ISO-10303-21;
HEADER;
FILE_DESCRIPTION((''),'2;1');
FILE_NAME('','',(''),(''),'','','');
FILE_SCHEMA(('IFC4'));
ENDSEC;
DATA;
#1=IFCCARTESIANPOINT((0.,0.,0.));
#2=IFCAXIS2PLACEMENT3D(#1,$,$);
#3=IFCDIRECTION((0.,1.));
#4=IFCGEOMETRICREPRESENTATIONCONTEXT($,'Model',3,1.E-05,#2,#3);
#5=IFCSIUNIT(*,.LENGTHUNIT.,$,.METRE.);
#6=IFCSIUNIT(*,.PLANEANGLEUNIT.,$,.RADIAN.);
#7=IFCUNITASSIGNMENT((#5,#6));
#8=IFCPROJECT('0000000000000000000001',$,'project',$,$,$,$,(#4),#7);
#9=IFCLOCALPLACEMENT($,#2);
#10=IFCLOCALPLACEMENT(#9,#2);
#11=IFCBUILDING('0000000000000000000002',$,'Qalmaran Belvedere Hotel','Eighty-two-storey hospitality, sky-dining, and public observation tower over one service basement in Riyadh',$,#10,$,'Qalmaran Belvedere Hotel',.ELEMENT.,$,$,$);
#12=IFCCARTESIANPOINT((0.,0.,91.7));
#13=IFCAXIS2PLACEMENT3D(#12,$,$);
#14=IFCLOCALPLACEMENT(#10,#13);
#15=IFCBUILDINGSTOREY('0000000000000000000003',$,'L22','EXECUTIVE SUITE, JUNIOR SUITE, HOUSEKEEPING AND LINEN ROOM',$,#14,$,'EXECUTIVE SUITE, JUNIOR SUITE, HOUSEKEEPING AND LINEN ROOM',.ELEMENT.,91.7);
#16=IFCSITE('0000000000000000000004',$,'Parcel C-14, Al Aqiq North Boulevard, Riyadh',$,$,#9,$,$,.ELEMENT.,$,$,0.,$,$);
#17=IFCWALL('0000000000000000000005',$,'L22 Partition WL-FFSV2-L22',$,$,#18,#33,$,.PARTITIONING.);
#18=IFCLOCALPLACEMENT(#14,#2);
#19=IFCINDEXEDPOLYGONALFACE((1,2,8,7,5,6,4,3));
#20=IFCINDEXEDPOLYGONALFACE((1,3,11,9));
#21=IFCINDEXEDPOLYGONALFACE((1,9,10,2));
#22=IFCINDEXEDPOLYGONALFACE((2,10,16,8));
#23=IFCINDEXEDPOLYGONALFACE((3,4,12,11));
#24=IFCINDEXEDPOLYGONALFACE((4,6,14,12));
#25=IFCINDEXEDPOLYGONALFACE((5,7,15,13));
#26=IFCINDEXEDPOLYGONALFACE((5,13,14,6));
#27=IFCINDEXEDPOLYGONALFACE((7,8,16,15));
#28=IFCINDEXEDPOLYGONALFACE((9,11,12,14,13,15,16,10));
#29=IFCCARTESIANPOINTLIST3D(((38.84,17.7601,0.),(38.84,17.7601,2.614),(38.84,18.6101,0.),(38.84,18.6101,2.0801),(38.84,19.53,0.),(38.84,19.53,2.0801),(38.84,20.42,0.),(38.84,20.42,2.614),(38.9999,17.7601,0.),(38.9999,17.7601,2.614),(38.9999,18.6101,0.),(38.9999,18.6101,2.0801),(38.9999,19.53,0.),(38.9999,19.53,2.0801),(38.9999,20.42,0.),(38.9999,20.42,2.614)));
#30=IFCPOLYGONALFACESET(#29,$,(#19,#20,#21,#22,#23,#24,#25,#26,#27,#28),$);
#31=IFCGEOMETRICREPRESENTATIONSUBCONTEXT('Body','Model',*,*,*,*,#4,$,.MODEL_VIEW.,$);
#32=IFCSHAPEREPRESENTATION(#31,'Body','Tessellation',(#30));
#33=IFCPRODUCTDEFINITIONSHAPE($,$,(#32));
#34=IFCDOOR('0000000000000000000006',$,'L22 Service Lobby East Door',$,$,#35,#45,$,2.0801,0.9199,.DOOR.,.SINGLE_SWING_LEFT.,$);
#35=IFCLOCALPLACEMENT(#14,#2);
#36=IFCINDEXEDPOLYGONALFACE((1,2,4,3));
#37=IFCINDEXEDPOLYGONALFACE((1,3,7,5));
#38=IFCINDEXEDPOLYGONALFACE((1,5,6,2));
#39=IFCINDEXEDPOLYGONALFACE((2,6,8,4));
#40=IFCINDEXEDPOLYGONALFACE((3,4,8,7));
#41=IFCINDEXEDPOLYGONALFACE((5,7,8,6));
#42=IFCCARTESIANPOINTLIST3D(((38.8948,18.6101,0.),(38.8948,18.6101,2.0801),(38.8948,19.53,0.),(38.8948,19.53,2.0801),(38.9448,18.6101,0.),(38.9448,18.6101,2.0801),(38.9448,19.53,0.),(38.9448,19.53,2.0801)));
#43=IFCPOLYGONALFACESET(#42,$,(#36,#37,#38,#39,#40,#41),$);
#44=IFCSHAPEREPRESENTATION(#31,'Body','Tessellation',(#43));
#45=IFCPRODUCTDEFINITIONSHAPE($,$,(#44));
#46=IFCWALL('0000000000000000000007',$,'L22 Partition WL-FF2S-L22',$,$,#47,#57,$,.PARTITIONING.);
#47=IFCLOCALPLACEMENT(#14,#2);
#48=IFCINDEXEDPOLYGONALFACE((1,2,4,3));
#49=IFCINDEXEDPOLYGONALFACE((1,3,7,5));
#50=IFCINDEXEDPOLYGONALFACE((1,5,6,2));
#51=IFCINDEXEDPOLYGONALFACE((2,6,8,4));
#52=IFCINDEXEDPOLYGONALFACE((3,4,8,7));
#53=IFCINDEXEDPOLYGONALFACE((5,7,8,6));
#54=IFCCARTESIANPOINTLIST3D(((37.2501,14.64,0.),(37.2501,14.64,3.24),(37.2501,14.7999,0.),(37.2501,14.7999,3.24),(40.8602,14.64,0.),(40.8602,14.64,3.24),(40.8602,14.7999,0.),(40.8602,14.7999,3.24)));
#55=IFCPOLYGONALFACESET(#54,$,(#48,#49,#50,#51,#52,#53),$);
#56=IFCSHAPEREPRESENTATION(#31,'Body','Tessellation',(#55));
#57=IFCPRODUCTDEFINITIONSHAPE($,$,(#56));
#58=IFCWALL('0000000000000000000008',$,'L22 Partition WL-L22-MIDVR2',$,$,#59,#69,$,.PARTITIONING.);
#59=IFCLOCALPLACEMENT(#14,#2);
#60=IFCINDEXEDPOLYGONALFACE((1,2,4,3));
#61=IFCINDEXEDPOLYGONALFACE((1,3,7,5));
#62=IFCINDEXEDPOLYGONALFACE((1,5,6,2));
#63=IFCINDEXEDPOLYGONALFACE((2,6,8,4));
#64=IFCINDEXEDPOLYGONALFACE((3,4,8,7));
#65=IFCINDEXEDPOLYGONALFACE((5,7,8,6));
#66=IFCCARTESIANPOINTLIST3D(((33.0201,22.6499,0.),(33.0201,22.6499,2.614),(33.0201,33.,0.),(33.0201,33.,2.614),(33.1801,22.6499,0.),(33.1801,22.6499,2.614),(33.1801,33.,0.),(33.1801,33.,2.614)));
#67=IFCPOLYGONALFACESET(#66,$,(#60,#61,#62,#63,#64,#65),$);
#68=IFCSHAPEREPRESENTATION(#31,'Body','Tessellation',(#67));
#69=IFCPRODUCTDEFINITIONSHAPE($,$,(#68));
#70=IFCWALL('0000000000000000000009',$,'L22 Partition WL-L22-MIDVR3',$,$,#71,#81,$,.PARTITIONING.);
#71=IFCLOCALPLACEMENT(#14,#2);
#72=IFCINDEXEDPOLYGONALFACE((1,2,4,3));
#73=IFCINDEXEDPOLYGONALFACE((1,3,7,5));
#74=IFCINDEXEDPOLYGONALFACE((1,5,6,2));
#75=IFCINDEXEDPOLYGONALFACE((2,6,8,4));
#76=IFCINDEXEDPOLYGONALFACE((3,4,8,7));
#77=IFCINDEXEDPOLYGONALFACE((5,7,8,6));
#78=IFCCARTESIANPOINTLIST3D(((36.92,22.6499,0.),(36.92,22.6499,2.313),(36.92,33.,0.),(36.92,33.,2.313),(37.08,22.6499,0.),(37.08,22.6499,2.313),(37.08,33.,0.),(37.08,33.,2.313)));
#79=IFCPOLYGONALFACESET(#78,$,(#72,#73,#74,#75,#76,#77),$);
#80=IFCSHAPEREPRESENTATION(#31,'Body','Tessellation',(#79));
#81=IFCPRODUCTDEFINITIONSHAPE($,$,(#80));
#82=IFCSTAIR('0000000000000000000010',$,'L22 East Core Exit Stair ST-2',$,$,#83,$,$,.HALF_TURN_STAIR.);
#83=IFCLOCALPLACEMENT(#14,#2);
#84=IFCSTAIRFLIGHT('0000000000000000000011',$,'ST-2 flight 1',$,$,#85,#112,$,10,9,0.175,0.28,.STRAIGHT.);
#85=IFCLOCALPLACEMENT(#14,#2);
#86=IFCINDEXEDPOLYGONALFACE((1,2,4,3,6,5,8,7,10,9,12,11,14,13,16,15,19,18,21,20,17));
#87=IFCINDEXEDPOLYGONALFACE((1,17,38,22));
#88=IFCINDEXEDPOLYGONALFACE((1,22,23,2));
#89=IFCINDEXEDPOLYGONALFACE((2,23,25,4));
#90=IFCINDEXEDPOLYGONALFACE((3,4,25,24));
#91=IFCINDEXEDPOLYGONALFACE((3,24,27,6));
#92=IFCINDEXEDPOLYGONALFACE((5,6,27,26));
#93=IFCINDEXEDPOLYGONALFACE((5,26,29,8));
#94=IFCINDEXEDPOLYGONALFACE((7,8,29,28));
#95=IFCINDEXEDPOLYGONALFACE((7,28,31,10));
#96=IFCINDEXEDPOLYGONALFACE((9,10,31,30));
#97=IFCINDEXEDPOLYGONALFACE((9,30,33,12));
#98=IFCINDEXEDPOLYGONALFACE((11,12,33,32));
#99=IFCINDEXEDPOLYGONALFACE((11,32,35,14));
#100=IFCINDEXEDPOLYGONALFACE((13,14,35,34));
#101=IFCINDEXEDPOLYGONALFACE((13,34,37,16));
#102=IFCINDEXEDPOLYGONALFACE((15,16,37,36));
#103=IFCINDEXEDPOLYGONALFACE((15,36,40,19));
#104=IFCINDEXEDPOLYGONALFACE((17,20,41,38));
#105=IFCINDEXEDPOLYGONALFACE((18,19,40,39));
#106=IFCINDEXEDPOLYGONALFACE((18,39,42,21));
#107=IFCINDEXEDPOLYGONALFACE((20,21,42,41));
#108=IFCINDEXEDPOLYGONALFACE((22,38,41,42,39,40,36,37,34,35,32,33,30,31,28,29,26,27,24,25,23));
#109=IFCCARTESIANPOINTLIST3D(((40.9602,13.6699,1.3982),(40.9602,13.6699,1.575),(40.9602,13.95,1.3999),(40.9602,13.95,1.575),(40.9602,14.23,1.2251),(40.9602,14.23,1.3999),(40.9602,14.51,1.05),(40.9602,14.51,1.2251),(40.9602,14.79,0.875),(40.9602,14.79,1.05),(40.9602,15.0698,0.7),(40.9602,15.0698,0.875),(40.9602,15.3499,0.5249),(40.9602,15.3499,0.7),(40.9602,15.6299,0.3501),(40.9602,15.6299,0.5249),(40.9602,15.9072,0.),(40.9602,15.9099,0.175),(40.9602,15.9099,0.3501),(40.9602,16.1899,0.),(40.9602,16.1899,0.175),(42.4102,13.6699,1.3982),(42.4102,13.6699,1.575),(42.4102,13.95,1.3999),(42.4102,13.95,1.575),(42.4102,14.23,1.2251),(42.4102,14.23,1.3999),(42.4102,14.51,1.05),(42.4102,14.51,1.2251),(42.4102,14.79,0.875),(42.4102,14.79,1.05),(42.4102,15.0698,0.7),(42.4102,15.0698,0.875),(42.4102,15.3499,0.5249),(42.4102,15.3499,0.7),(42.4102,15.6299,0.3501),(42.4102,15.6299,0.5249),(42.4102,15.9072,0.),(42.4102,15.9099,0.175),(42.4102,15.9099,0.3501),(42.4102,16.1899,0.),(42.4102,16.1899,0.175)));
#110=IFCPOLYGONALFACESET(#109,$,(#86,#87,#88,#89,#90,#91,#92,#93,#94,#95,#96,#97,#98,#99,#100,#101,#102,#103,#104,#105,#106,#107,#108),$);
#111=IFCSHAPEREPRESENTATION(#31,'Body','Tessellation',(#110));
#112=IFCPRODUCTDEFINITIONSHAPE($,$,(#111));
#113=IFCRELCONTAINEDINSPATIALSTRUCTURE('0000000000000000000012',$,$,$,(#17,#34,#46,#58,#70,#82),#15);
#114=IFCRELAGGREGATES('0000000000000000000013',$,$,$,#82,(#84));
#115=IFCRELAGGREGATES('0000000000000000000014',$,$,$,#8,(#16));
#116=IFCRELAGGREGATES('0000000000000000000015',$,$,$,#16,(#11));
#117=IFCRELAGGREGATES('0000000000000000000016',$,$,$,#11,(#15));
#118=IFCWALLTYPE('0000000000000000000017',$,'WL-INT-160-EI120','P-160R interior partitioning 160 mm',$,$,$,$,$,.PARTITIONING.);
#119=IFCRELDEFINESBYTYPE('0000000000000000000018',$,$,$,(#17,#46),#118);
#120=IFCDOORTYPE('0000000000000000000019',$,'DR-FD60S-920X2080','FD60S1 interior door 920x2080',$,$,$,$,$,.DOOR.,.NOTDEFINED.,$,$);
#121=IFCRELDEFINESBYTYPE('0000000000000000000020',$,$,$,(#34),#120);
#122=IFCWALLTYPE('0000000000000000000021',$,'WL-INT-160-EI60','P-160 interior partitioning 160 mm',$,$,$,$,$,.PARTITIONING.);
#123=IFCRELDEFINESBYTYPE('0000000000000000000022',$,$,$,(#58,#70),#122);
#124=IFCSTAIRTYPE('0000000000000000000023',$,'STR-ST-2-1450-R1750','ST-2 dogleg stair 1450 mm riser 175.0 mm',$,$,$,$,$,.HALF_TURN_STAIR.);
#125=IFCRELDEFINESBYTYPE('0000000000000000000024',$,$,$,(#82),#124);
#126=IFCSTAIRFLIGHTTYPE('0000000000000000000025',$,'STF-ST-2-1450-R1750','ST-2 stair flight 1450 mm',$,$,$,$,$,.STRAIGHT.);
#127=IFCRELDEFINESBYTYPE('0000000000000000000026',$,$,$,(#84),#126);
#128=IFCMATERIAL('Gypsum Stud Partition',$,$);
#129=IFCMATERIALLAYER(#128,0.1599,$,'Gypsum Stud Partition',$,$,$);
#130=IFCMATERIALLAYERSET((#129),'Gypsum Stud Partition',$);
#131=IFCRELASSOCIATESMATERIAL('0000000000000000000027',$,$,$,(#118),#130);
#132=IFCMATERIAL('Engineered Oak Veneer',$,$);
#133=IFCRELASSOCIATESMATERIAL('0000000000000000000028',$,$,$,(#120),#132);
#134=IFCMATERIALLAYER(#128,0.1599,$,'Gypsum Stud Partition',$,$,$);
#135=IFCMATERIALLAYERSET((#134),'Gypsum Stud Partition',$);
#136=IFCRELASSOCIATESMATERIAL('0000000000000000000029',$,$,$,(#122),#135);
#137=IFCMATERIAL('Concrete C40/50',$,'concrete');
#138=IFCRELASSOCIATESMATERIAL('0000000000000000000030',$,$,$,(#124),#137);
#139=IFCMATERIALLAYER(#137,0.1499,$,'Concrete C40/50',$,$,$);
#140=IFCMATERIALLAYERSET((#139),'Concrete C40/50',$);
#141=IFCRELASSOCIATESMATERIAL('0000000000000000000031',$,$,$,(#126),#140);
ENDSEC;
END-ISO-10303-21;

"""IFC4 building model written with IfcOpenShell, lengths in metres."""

from ifc_helpers import new_model, si_unit, direction, frame, frame_2d, origin, place, context, subcontext, project, spatial, polyline, rectangle, outline, extrude, material, layer, layer_set, type_object, element, fill, aggregate, save


model = new_model("IFC4")

# Units and contexts
model_context = context("Model", 3, precision=1e-05, world=origin(), true_north=direction((0.0, 1.0)))
body_context = subcontext(model_context, "Body", "Model", "MODEL_VIEW")
ifc_project = project(units=[si_unit("LENGTHUNIT", "METRE"), si_unit("PLANEANGLEUNIT", "RADIAN")], contexts=[model_context])

# Site, building, storey
site_placement = place(None, origin())
site = spatial("IfcSite", under=ifc_project, at=site_placement, Name="Parcel C-14, Al Aqiq North Boulevard, Riyadh", CompositionType="ELEMENT", RefElevation=0.0)
building_placement = place(site_placement, origin())
building = spatial("IfcBuilding", under=site, at=building_placement, Name="Qalmaran Belvedere Hotel", Description="Eighty-two-storey hospitality, sky-dining, and public observation tower over one service basement in Riyadh", LongName="Qalmaran Belvedere Hotel", CompositionType="ELEMENT")
storey_placement = place(building_placement, frame((0.0, 0.0, 91.7)))
storey = spatial("IfcBuildingStorey", under=building, at=storey_placement, Name="L22", Description="EXECUTIVE SUITE, JUNIOR SUITE, HOUSEKEEPING AND LINEN ROOM", LongName="EXECUTIVE SUITE, JUNIOR SUITE, HOUSEKEEPING AND LINEN ROOM", CompositionType="ELEMENT", Elevation=91.7)

# Shared definitions
ifc_material_1 = material(Name="Gypsum Stud Partition")

# Wall, opening, door
ifc_layer_1 = layer(ifc_material_1, 0.1599, Name="Gypsum Stud Partition")
ifc_layer_set_1 = layer_set([ifc_layer_1], Name="Gypsum Stud Partition")
wall_type_1 = type_object("IfcWallType", Name="WL-INT-160-EI120", Description="P-160R interior partitioning 160 mm", PredefinedType="PARTITIONING", material=ifc_layer_set_1)
wall_1_placement = place(storey_placement, frame((38.9199, 17.76, 0.0), z_axis=(0.0, 0.0, 1.0), x_axis=(0.0, 1.0, 0.0)))
wall_1 = element("IfcWall", 1, at=wall_1_placement, inside=storey, type_object=wall_type_1, Name="L22 Partition WL-FFSV2-L22", PredefinedType="PARTITIONING", context=body_context, shape_type="SweptSolid", body=[
    extrude(rectangle(XDim=2.6599, YDim=0.1599, at=frame_2d((1.3301, 0.0))), origin(), (0.0, 0.0, 1.0), 2.614),
])
opening_1_placement = place(wall_1_placement, frame((1.77, 0.0, 0.0), z_axis=(0.0, 0.0, 1.0), x_axis=(-1.0, 0.0, 0.0)))
opening_1 = element("IfcOpeningElement", 2, at=opening_1_placement, cuts=wall_1, PredefinedType="OPENING", context=body_context, shape_type="SweptSolid", body=[
    extrude(rectangle(XDim=0.9199, YDim=2.0801, at=frame_2d((0.46, 1.04))), frame((0.0, 0.0898, 0.0), z_axis=(0.0, -1.0, 0.0), x_axis=(1.0, 0.0, 0.0)), (0.0, 0.0, 1.0), 0.1799),
])
ifc_material_2 = material(Name="Engineered Oak Veneer")
door_type_1 = type_object("IfcDoorType", Name="DR-FD60S-920X2080", Description="FD60S1 interior door 920x2080", OperationType="NOTDEFINED", PredefinedType="DOOR", material=ifc_material_2)
door_1_placement = place(opening_1_placement, origin())
door_1 = element("IfcDoor", 3, at=door_1_placement, inside=storey, type_object=door_type_1, Name="L22 Service Lobby East Door", OperationType="SINGLE_SWING_LEFT", OverallHeight=2.0801, OverallWidth=0.9199, PredefinedType="DOOR", context=body_context, shape_type="SweptSolid", body=[
    extrude(rectangle(XDim=0.9199, YDim=2.0801, at=frame_2d((0.46, 1.04))), frame((0.0, 0.0249, 0.0), z_axis=(0.0, -1.0, 0.0), x_axis=(1.0, 0.0, 0.0)), (0.0, 0.0, 1.0), 0.05),
])
fill(opening_1, door_1)

# Walls
wall_2_placement = place(storey_placement, frame((37.25, 14.72, 0.0), z_axis=(0.0, 0.0, 1.0), x_axis=(1.0, 0.0, 0.0)))
element("IfcWall", 4, at=wall_2_placement, inside=storey, type_object=wall_type_1, Name="L22 Partition WL-FF2S-L22", PredefinedType="PARTITIONING", context=body_context, shape_type="SweptSolid", body=[
    extrude(rectangle(XDim=3.6101, YDim=0.1599, at=frame_2d((1.8052, 0.0))), origin(), (0.0, 0.0, 1.0), 3.24),
])
ifc_layer_2 = layer(ifc_material_1, 0.1599, Name="Gypsum Stud Partition")
ifc_layer_set_2 = layer_set([ifc_layer_2], Name="Gypsum Stud Partition")
wall_type_2 = type_object("IfcWallType", Name="WL-INT-160-EI60", Description="P-160 interior partitioning 160 mm", PredefinedType="PARTITIONING", material=ifc_layer_set_2)
wall_3_placement = place(storey_placement, frame((33.1001, 22.6499, 0.0), z_axis=(0.0, 0.0, 1.0), x_axis=(0.0, 1.0, 0.0)))
element("IfcWall", 5, at=wall_3_placement, inside=storey, type_object=wall_type_2, Name="L22 Partition WL-L22-MIDVR2", PredefinedType="PARTITIONING", context=body_context, shape_type="SweptSolid", body=[
    extrude(rectangle(XDim=10.3501, YDim=0.1599, at=frame_2d((5.175, 0.0))), origin(), (0.0, 0.0, 1.0), 2.614),
])
wall_4_placement = place(storey_placement, frame((37.0, 22.6499, 0.0), z_axis=(0.0, 0.0, 1.0), x_axis=(0.0, 1.0, 0.0)))
element("IfcWall", 6, at=wall_4_placement, inside=storey, type_object=wall_type_2, Name="L22 Partition WL-L22-MIDVR3", PredefinedType="PARTITIONING", context=body_context, shape_type="SweptSolid", body=[
    extrude(rectangle(XDim=10.3501, YDim=0.1599, at=frame_2d((5.175, 0.0))), origin(), (0.0, 0.0, 1.0), 2.313),
])

# Stair, stair flight
ifc_material_3 = material(Name="Concrete C40/50", Category="concrete")
stair_type = type_object("IfcStairType", Name="STR-ST-2-1450-R1750", Description="ST-2 dogleg stair 1450 mm riser 175.0 mm", PredefinedType="HALF_TURN_STAIR", material=ifc_material_3)
stair_placement = place(storey_placement, origin())
stair = element("IfcStair", 7, at=stair_placement, inside=storey, type_object=stair_type, Name="L22 East Core Exit Stair ST-2", PredefinedType="HALF_TURN_STAIR")
ifc_layer_3 = layer(ifc_material_3, 0.1499, Name="Concrete C40/50")
ifc_layer_set_3 = layer_set([ifc_layer_3], Name="Concrete C40/50")
stair_flight_type = type_object("IfcStairFlightType", Name="STF-ST-2-1450-R1750", Description="ST-2 stair flight 1450 mm", PredefinedType="STRAIGHT", material=ifc_layer_set_3)
stair_flight_placement = place(storey_placement, frame((41.6851, 16.1899, 0.0), z_axis=(0.0, 0.0, 1.0), x_axis=(0.0, -1.0, 0.0)))
stair_flight = element("IfcStairFlight", 8, at=stair_flight_placement, type_object=stair_flight_type, Name="ST-2 flight 1", NumberOfRisers=10, NumberOfTreads=9, PredefinedType="STRAIGHT", RiserHeight=0.175, TreadLength=0.28, context=body_context, shape_type="SweptSolid", body=[
    extrude(outline(polyline([(0.0, 0.0), (0.0, 0.175), (0.28, 0.175), (0.28, 0.3501), (0.5601, 0.3501), (0.5601, 0.5249), (0.8401, 0.5249), (0.8401, 0.7), (1.1201, 0.7), (1.1201, 0.875), (1.3999, 0.875), (1.3999, 1.05), (1.6799, 1.05), (1.6799, 1.2251), (1.96, 1.2251), (1.96, 1.3999), (2.24, 1.3999), (2.24, 1.575), (2.52, 1.575), (2.52, 1.75), (2.52, 1.3982), (0.2827, 0.0), (0.0, 0.0)])), frame((0.0, 0.7251, 0.0), z_axis=(0.0, -1.0, 0.0), x_axis=(1.0, 0.0, 0.0)), (0.0, 0.0, 1.0), 1.45),
])
aggregate(stair, [stair_flight])

save(model, "model.ifc")
